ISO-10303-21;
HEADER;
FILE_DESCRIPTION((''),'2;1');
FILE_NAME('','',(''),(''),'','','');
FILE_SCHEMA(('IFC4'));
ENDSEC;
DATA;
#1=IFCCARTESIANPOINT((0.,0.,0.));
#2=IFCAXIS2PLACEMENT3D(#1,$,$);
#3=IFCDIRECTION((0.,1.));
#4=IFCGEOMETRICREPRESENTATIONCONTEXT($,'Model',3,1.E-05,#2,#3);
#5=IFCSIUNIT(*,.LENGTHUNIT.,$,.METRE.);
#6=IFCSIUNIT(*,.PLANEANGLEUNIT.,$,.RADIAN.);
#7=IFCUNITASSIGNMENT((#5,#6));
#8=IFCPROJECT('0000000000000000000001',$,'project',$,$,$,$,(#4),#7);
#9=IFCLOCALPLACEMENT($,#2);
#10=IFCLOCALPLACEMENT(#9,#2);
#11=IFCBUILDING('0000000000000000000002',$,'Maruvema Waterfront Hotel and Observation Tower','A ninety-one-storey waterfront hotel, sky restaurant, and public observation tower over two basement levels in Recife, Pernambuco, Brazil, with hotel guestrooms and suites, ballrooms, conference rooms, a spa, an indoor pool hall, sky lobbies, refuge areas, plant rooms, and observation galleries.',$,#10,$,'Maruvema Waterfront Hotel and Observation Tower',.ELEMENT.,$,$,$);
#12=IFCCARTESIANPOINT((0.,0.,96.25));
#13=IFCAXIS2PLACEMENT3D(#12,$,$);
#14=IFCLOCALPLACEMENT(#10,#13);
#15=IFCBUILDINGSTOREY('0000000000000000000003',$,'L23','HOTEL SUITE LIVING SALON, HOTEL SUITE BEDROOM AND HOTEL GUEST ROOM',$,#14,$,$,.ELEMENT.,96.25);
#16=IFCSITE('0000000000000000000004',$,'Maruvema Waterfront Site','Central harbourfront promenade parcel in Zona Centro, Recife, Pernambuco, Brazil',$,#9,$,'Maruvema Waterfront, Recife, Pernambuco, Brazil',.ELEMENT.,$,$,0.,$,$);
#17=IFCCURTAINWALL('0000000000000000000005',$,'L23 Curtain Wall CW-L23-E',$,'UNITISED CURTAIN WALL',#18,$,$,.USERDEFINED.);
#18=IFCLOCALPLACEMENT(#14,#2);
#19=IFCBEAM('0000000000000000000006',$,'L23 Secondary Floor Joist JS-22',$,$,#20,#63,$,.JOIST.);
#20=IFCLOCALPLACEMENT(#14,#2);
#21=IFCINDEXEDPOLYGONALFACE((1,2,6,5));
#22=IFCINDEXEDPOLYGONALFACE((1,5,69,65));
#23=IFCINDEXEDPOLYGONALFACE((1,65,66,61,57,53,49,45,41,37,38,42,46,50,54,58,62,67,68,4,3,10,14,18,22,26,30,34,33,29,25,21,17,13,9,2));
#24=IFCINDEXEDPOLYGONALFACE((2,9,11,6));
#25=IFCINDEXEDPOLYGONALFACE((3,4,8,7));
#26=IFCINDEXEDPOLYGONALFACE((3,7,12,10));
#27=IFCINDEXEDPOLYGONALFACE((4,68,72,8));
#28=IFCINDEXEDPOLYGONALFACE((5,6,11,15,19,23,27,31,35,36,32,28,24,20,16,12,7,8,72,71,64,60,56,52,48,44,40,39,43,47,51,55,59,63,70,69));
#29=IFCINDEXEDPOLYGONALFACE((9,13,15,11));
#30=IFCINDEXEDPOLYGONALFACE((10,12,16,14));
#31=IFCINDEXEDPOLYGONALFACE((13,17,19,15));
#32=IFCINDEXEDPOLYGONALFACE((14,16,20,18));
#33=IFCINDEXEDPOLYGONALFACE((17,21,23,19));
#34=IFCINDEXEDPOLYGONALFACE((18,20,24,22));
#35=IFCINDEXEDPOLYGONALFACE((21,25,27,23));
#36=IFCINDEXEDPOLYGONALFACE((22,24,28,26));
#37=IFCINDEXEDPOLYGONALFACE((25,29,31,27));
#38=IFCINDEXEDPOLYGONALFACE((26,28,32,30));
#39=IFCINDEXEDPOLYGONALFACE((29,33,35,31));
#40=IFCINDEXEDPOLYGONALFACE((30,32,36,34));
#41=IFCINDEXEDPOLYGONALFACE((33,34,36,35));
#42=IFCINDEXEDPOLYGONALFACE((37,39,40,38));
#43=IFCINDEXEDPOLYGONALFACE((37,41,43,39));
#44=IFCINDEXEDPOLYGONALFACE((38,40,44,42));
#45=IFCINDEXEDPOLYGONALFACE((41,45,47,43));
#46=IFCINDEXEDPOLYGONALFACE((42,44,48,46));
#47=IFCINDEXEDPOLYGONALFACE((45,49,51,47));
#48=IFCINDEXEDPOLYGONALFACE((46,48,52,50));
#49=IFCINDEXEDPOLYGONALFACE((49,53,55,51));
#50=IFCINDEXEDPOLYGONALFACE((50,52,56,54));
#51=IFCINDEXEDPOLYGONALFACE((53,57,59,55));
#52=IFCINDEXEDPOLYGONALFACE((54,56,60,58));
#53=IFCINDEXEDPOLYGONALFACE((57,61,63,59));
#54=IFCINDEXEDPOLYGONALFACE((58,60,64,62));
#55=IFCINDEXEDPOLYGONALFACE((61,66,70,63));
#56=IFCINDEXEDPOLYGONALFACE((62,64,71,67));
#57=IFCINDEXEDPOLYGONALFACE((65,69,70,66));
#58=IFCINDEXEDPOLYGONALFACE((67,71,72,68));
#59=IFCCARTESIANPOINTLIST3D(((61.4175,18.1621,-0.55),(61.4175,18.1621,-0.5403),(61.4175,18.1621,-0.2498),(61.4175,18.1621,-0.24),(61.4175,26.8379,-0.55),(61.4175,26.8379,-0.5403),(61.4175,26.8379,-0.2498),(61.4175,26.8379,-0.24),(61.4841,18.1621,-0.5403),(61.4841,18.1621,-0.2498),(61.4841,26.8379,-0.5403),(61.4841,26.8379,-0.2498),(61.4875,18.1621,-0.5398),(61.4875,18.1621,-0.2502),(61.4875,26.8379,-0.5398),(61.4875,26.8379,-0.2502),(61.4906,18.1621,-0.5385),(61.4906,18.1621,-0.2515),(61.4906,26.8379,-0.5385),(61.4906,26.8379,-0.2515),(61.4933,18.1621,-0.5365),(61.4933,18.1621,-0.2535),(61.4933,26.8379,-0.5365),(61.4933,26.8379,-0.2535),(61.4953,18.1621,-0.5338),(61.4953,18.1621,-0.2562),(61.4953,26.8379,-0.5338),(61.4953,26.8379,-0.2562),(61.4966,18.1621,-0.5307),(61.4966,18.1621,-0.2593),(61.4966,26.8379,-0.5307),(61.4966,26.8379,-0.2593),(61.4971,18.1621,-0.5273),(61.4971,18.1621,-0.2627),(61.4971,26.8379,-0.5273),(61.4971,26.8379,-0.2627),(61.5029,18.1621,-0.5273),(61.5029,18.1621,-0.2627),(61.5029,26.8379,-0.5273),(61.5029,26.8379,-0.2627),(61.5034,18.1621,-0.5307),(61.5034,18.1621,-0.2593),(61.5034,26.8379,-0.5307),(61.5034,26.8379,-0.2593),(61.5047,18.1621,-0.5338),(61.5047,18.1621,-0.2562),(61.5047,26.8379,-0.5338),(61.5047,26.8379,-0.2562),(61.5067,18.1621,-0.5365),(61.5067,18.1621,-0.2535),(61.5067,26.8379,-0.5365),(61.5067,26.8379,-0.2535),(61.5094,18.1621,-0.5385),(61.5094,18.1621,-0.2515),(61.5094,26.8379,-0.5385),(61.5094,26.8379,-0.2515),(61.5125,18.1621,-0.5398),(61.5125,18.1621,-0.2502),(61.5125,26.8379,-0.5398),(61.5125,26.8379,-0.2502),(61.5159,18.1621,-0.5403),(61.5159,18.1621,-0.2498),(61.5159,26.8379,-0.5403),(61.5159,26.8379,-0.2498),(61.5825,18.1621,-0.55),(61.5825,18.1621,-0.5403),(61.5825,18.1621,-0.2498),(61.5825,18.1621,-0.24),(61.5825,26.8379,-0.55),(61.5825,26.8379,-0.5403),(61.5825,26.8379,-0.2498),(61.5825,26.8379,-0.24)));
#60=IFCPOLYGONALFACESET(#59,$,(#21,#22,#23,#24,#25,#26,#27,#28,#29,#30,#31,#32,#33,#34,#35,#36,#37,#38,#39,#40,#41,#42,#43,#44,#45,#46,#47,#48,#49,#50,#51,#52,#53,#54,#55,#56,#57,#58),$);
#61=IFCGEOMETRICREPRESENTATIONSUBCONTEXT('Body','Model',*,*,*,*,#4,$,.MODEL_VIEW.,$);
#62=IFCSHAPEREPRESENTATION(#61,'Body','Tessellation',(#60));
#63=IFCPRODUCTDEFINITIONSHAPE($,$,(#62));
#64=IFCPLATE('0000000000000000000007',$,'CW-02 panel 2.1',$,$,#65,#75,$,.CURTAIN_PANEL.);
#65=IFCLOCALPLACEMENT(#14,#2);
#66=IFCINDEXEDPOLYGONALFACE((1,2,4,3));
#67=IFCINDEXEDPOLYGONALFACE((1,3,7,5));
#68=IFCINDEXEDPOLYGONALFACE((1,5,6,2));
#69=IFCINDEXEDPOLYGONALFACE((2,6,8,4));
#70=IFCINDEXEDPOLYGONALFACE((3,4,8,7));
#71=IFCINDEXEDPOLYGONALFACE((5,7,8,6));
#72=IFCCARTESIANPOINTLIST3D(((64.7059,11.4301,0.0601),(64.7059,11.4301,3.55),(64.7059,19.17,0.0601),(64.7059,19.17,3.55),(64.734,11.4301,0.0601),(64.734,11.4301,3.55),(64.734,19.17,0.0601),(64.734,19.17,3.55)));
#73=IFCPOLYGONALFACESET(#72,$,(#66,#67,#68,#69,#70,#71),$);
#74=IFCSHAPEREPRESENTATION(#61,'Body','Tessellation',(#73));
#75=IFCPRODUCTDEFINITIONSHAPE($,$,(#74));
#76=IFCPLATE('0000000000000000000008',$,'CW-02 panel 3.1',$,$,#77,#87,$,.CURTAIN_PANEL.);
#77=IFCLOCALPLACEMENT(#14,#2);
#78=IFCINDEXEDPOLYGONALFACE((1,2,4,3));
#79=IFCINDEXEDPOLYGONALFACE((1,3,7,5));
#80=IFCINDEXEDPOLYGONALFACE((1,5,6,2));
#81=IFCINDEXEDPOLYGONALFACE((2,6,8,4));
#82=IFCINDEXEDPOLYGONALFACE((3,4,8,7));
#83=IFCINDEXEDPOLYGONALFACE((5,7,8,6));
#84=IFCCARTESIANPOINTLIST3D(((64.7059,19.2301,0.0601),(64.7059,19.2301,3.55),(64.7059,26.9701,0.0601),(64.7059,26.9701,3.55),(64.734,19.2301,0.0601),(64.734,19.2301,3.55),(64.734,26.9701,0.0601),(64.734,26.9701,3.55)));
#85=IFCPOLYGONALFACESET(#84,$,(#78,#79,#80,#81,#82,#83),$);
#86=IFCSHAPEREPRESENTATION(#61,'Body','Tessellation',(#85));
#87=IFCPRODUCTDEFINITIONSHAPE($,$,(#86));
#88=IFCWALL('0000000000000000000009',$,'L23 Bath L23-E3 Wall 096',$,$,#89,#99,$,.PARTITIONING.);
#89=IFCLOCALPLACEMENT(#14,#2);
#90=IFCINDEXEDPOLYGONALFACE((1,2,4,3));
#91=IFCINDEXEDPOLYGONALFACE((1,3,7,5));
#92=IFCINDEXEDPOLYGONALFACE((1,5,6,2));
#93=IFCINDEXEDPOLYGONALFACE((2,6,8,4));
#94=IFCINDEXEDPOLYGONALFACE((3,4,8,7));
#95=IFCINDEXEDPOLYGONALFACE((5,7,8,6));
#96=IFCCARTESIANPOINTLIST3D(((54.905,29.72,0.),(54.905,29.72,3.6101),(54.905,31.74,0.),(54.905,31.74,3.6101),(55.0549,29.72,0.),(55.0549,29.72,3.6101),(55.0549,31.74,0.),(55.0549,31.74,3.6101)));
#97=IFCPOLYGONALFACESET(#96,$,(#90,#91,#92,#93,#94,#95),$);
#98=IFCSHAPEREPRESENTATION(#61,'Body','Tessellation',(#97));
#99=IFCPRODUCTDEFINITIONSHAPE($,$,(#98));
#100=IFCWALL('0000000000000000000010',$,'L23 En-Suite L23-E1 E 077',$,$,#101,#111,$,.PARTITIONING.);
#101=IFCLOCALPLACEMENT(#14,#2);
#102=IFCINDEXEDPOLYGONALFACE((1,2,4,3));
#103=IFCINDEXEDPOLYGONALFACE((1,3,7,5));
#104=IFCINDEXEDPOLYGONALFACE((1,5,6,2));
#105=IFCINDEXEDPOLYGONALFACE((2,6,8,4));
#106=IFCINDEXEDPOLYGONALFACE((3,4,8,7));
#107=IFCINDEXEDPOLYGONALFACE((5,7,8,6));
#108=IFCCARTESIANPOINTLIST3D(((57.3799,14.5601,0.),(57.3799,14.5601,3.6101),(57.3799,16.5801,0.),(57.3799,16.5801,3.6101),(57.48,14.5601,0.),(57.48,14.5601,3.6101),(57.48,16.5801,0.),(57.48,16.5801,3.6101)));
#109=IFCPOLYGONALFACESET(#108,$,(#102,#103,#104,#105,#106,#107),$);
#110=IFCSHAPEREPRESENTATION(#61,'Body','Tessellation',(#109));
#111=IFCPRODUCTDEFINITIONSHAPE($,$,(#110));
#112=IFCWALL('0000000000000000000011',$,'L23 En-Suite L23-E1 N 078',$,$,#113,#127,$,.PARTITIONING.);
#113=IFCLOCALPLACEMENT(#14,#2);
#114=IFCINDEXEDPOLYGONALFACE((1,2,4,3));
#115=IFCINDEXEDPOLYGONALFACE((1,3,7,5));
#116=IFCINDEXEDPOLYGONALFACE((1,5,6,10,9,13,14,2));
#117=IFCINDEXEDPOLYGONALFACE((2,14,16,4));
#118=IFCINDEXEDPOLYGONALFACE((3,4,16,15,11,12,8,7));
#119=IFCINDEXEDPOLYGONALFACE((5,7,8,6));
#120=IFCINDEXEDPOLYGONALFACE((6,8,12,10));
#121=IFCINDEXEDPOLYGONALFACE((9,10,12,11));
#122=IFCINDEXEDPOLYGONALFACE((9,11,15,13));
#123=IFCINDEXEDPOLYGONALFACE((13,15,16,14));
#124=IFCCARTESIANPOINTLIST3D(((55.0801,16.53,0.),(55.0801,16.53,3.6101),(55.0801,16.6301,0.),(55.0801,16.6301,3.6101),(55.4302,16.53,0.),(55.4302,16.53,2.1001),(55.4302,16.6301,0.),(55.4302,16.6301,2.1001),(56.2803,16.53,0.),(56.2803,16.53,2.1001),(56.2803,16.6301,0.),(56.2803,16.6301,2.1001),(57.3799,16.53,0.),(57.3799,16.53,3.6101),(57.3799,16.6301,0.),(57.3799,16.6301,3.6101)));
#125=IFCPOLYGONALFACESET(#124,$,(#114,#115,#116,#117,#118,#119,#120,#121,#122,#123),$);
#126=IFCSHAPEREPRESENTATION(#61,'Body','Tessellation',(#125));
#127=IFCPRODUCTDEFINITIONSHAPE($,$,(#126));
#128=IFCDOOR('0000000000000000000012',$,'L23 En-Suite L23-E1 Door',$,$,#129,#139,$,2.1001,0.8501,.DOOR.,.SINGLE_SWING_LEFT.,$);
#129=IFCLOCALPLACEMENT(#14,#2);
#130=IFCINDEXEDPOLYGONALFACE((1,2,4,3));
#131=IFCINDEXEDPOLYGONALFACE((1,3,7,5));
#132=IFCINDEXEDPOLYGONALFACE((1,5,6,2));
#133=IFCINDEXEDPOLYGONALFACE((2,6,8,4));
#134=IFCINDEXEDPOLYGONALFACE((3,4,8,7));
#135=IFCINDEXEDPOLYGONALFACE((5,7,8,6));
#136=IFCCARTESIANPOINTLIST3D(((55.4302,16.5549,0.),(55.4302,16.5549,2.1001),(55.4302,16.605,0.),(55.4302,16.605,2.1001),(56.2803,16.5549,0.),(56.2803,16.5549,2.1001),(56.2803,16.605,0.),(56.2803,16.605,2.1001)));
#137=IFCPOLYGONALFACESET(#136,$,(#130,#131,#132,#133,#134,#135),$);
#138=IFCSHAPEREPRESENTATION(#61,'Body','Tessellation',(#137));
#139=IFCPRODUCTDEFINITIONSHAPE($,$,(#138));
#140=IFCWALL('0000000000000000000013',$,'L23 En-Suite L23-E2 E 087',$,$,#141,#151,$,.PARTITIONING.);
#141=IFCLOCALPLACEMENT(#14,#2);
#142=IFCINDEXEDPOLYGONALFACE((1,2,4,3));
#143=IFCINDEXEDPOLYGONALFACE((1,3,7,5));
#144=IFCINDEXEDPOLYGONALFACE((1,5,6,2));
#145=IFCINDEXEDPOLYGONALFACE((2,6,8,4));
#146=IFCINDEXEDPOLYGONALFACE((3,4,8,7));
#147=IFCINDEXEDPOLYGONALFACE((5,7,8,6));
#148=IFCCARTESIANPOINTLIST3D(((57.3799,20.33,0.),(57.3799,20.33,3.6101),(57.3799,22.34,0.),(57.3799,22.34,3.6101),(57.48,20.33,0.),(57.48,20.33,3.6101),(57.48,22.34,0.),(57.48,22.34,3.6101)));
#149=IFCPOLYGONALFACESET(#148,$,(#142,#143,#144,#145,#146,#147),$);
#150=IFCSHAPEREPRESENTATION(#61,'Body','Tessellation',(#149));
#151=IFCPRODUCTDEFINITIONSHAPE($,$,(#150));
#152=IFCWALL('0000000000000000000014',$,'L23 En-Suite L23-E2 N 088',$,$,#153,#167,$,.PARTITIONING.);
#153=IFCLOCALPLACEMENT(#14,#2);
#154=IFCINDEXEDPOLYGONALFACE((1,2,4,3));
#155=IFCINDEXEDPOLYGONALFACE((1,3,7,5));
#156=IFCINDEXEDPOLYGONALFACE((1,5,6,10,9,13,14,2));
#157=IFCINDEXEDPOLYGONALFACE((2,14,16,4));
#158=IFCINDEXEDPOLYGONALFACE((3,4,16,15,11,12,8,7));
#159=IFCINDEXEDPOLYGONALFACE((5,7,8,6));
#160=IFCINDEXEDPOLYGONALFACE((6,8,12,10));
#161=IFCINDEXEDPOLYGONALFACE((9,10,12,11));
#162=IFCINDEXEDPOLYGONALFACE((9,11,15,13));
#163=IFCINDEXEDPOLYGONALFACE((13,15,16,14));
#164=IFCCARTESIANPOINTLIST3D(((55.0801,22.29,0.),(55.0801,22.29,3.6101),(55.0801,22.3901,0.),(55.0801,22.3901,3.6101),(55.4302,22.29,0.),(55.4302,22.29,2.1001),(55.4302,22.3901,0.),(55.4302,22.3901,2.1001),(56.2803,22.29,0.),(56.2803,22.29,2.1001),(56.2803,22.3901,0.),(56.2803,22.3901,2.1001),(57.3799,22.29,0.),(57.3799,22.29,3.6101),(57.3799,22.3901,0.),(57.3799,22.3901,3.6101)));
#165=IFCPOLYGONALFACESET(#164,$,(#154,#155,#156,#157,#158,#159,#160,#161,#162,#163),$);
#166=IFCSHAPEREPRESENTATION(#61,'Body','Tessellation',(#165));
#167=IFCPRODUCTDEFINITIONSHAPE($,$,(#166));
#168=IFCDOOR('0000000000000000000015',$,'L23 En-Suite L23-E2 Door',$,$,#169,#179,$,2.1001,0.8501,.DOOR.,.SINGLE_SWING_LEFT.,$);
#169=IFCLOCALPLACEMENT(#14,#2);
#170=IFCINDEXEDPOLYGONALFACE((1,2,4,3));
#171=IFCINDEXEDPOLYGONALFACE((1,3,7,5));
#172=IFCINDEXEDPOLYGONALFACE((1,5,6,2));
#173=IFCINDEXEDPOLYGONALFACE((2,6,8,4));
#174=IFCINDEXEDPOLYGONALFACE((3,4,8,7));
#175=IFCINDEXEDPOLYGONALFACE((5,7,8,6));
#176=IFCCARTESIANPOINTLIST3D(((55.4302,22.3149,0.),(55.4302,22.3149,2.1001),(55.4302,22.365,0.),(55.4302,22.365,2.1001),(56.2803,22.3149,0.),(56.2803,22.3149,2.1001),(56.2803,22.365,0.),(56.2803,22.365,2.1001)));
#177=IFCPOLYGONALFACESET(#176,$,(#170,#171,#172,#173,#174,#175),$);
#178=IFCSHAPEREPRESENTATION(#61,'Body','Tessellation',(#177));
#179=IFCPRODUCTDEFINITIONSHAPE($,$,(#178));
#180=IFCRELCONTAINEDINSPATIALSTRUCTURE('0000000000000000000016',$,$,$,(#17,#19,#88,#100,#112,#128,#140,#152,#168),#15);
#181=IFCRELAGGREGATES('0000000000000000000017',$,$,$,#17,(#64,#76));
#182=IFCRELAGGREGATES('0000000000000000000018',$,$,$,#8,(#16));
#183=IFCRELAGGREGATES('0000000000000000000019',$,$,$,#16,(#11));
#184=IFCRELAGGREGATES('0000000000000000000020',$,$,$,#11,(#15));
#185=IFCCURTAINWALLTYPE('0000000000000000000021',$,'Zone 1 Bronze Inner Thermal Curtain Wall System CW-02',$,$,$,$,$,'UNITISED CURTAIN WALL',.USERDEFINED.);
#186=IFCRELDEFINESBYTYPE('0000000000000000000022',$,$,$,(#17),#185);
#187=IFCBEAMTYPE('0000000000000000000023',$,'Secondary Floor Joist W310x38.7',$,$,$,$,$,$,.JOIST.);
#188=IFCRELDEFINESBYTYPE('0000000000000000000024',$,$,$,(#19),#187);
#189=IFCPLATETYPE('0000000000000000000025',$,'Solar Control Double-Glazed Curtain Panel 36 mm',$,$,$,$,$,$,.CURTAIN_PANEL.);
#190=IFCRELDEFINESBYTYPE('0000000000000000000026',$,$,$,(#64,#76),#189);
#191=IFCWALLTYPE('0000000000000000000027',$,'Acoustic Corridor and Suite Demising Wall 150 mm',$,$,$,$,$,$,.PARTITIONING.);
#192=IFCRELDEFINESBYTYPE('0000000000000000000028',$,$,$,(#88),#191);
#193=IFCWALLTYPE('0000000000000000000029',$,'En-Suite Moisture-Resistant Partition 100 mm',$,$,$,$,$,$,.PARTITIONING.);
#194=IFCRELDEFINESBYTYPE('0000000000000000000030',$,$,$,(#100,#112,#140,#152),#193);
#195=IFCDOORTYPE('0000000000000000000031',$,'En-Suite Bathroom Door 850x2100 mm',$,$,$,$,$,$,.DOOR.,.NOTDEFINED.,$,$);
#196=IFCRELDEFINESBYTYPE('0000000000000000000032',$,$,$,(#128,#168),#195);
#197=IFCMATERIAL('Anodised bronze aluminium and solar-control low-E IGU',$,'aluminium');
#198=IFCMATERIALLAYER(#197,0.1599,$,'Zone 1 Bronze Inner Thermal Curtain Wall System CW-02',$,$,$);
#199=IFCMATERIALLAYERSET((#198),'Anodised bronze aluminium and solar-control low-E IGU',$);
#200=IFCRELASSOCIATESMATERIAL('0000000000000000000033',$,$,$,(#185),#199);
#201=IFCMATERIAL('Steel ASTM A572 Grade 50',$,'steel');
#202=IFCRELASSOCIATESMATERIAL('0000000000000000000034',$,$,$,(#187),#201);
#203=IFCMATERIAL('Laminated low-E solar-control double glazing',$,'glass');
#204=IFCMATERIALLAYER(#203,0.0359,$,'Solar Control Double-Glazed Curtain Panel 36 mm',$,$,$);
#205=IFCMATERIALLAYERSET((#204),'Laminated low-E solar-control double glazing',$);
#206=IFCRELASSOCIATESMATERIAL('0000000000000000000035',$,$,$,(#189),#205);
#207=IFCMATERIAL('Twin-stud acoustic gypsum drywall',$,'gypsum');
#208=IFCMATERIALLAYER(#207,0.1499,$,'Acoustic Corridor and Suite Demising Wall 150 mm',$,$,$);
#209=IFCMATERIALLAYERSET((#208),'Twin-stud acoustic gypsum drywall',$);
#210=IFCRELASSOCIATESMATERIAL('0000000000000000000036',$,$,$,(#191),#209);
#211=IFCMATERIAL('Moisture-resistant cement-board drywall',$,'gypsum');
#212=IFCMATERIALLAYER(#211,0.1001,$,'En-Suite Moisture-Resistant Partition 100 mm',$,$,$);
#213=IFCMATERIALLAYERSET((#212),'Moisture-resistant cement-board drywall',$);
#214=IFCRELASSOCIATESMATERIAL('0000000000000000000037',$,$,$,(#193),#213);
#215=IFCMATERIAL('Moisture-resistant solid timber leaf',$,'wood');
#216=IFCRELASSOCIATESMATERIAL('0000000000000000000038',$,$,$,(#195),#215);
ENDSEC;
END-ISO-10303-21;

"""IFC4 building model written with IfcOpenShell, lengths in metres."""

from ifc_helpers import new_model, si_unit, direction, frame, frame_2d, origin, origin_2d, place, context, subcontext, project, spatial, rectangle, i_section, extrude, material, layer, layer_set, material_profile, profile_set, type_object, element, fill, aggregate, save


model = new_model("IFC4")

# Units and contexts
model_context = context("Model", 3, precision=1e-05, world=origin(), true_north=direction((0.0, 1.0)))
body_context = subcontext(model_context, "Body", "Model", "MODEL_VIEW")
ifc_project = project(units=[si_unit("LENGTHUNIT", "METRE"), si_unit("PLANEANGLEUNIT", "RADIAN")], contexts=[model_context])

# Site, building, storey
site_placement = place(None, origin())
site = spatial("IfcSite", under=ifc_project, at=site_placement, Name="Maruvema Waterfront Site", Description="Central harbourfront promenade parcel in Zona Centro, Recife, Pernambuco, Brazil", LongName="Maruvema Waterfront, Recife, Pernambuco, Brazil", CompositionType="ELEMENT", RefElevation=0.0)
building_placement = place(site_placement, origin())
building = spatial("IfcBuilding", under=site, at=building_placement, Name="Maruvema Waterfront Hotel and Observation Tower", Description="A ninety-one-storey waterfront hotel, sky restaurant, and public observation tower over two basement levels in Recife, Pernambuco, Brazil, with hotel guestrooms and suites, ballrooms, conference rooms, a spa, an indoor pool hall, sky lobbies, refuge areas, plant rooms, and observation galleries.", LongName="Maruvema Waterfront Hotel and Observation Tower", CompositionType="ELEMENT")
storey_placement = place(building_placement, frame((0.0, 0.0, 96.25)))
storey = spatial("IfcBuildingStorey", under=building, at=storey_placement, Name="L23", Description="HOTEL SUITE LIVING SALON, HOTEL SUITE BEDROOM AND HOTEL GUEST ROOM", CompositionType="ELEMENT", Elevation=96.25)

# Curtain wall
ifc_material_1 = material(Name="Anodised bronze aluminium and solar-control low-E IGU", Category="aluminium")
ifc_layer_1 = layer(ifc_material_1, 0.1599, Name="Zone 1 Bronze Inner Thermal Curtain Wall System CW-02")
ifc_layer_set_1 = layer_set([ifc_layer_1], Name="Anodised bronze aluminium and solar-control low-E IGU")
curtain_wall_type = type_object("IfcCurtainWallType", Name="Zone 1 Bronze Inner Thermal Curtain Wall System CW-02", ElementType="UNITISED CURTAIN WALL", PredefinedType="USERDEFINED", material=ifc_layer_set_1)
curtain_wall_placement = place(storey_placement, origin())
curtain_wall = element("IfcCurtainWall", 1, at=curtain_wall_placement, inside=storey, type_object=curtain_wall_type, Name="L23 Curtain Wall CW-L23-E", ObjectType="UNITISED CURTAIN WALL", PredefinedType="USERDEFINED")

# Beam
ifc_material_2 = material(Name="Steel ASTM A572 Grade 50", Category="steel")
ifc_material_profile_1 = material_profile(ifc_material_2, i_section(OverallWidth=0.165, OverallDepth=0.3101, WebThickness=0.0059, FlangeThickness=0.0098, FilletRadius=0.0129, at=origin_2d()), Name="W310x38.7")
ifc_profile_set_1 = profile_set([ifc_material_profile_1], Name="Steel ASTM A572 Grade 50")
beam_type_1 = type_object("IfcBeamType", Name="Secondary Floor Joist W310x38.7", PredefinedType="JOIST", material=ifc_profile_set_1)
beam_1_placement = place(storey_placement, frame((61.5, 18.1621, -0.395), z_axis=(0.0, 1.0, 0.0), x_axis=(-1.0, 0.0, 0.0)))
element("IfcBeam", 2, at=beam_1_placement, inside=storey, type_object=beam_type_1, Name="L23 Secondary Floor Joist JS-22", PredefinedType="JOIST", context=body_context, shape_type="SweptSolid", body=[
    extrude(i_section(OverallWidth=0.165, OverallDepth=0.3101, WebThickness=0.0059, FlangeThickness=0.0098, FilletRadius=0.0129, at=origin_2d()), origin(), (0.0, 0.0, 1.0), 8.6758),
])

# Plates
ifc_material_3 = material(Name="Laminated low-E solar-control double glazing", Category="glass")
ifc_layer_2 = layer(ifc_material_3, 0.0359, Name="Solar Control Double-Glazed Curtain Panel 36 mm")
ifc_layer_set_2 = layer_set([ifc_layer_2], Name="Laminated low-E solar-control double glazing")
plate_type = type_object("IfcPlateType", Name="Solar Control Double-Glazed Curtain Panel 36 mm", PredefinedType="CURTAIN_PANEL", material=ifc_layer_set_2)
plate_1_placement = place(storey_placement, frame((64.72, 15.3, 0.0601), z_axis=(0.0, 0.0, 1.0), x_axis=(0.0, 1.0, 0.0)))
plate_1 = element("IfcPlate", 3, at=plate_1_placement, type_object=plate_type, Name="CW-02 panel 2.1", PredefinedType="CURTAIN_PANEL", context=body_context, shape_type="SweptSolid", body=[
    extrude(rectangle(XDim=7.74, YDim=0.0281, at=origin_2d()), origin(), (0.0, 0.0, 1.0), 3.49),
])
plate_2_placement = place(storey_placement, frame((64.72, 23.1001, 0.0601), z_axis=(0.0, 0.0, 1.0), x_axis=(0.0, 1.0, 0.0)))
plate_2 = element("IfcPlate", 4, at=plate_2_placement, type_object=plate_type, Name="CW-02 panel 3.1", PredefinedType="CURTAIN_PANEL", context=body_context, shape_type="SweptSolid", body=[
    extrude(rectangle(XDim=7.74, YDim=0.0281, at=origin_2d()), origin(), (0.0, 0.0, 1.0), 3.49),
])
aggregate(curtain_wall, [plate_1, plate_2])

# Walls
ifc_material_4 = material(Name="Twin-stud acoustic gypsum drywall", Category="gypsum")
ifc_layer_3 = layer(ifc_material_4, 0.1499, Name="Acoustic Corridor and Suite Demising Wall 150 mm")
ifc_layer_set_3 = layer_set([ifc_layer_3], Name="Twin-stud acoustic gypsum drywall")
wall_type_1 = type_object("IfcWallType", Name="Acoustic Corridor and Suite Demising Wall 150 mm", PredefinedType="PARTITIONING", material=ifc_layer_set_3)
wall_1_placement = place(storey_placement, frame((54.98, 29.72, 0.0), z_axis=(0.0, 0.0, 1.0), x_axis=(0.0, 1.0, 0.0)))
element("IfcWall", 5, at=wall_1_placement, inside=storey, type_object=wall_type_1, Name="L23 Bath L23-E3 Wall 096", PredefinedType="PARTITIONING", context=body_context, shape_type="SweptSolid", body=[
    extrude(rectangle(XDim=2.02, YDim=0.1499, at=frame_2d((1.01, 0.0))), origin(), (0.0, 0.0, 1.0), 3.6101),
])
ifc_material_5 = material(Name="Moisture-resistant cement-board drywall", Category="gypsum")
ifc_layer_4 = layer(ifc_material_5, 0.1001, Name="En-Suite Moisture-Resistant Partition 100 mm")
ifc_layer_set_4 = layer_set([ifc_layer_4], Name="Moisture-resistant cement-board drywall")
wall_type_2 = type_object("IfcWallType", Name="En-Suite Moisture-Resistant Partition 100 mm", PredefinedType="PARTITIONING", material=ifc_layer_set_4)
wall_2_placement = place(storey_placement, frame((57.4299, 14.5601, 0.0), z_axis=(0.0, 0.0, 1.0), x_axis=(0.0, 1.0, 0.0)))
element("IfcWall", 6, at=wall_2_placement, inside=storey, type_object=wall_type_2, Name="L23 En-Suite L23-E1 E 077", PredefinedType="PARTITIONING", context=body_context, shape_type="SweptSolid", body=[
    extrude(rectangle(XDim=2.02, YDim=0.1001, at=frame_2d((1.01, 0.0))), origin(), (0.0, 0.0, 1.0), 3.6101),
])

# Wall, opening, door
wall_3_placement = place(storey_placement, frame((55.0801, 16.5801, 0.0), z_axis=(0.0, 0.0, 1.0), x_axis=(1.0, 0.0, 0.0)))
wall_3 = element("IfcWall", 7, at=wall_3_placement, inside=storey, type_object=wall_type_2, Name="L23 En-Suite L23-E1 N 078", PredefinedType="PARTITIONING", context=body_context, shape_type="SweptSolid", body=[
    extrude(rectangle(XDim=2.2998, YDim=0.1001, at=frame_2d((1.1499, 0.0))), origin(), (0.0, 0.0, 1.0), 3.6101),
])
opening_1_placement = place(wall_3_placement, frame((0.3501, 0.0, 0.0)))
opening_1 = element("IfcOpeningElement", 8, at=opening_1_placement, cuts=wall_3, PredefinedType="OPENING", context=body_context, shape_type="SweptSolid", body=[
    extrude(rectangle(XDim=0.8501, YDim=2.1001, at=frame_2d((0.425, 1.05))), frame((0.0, 0.0601, 0.0), z_axis=(0.0, -1.0, 0.0), x_axis=(1.0, 0.0, 0.0)), (0.0, 0.0, 1.0), 0.1201),
])
ifc_material_6 = material(Name="Moisture-resistant solid timber leaf", Category="wood")
door_type = type_object("IfcDoorType", Name="En-Suite Bathroom Door 850x2100 mm", OperationType="NOTDEFINED", PredefinedType="DOOR", material=ifc_material_6)
door_1_placement = place(opening_1_placement, origin())
door_1 = element("IfcDoor", 9, at=door_1_placement, inside=storey, type_object=door_type, Name="L23 En-Suite L23-E1 Door", OperationType="SINGLE_SWING_LEFT", OverallHeight=2.1001, OverallWidth=0.8501, PredefinedType="DOOR", context=body_context, shape_type="SweptSolid", body=[
    extrude(rectangle(XDim=0.8501, YDim=2.1001, at=frame_2d((0.425, 1.05))), frame((0.0, 0.0249, 0.0), z_axis=(0.0, -1.0, 0.0), x_axis=(1.0, 0.0, 0.0)), (0.0, 0.0, 1.0), 0.05),
])
fill(opening_1, door_1)

# Wall
wall_4_placement = place(storey_placement, frame((57.4299, 20.3301, 0.0), z_axis=(0.0, 0.0, 1.0), x_axis=(0.0, 1.0, 0.0)))
element("IfcWall", 10, at=wall_4_placement, inside=storey, type_object=wall_type_2, Name="L23 En-Suite L23-E2 E 087", PredefinedType="PARTITIONING", context=body_context, shape_type="SweptSolid", body=[
    extrude(rectangle(XDim=2.01, YDim=0.1001, at=frame_2d((1.0049, 0.0))), origin(), (0.0, 0.0, 1.0), 3.6101),
])

# Wall, opening, door
wall_5_placement = place(storey_placement, frame((55.0801, 22.3401, 0.0), z_axis=(0.0, 0.0, 1.0), x_axis=(1.0, 0.0, 0.0)))
wall_5 = element("IfcWall", 11, at=wall_5_placement, inside=storey, type_object=wall_type_2, Name="L23 En-Suite L23-E2 N 088", PredefinedType="PARTITIONING", context=body_context, shape_type="SweptSolid", body=[
    extrude(rectangle(XDim=2.2998, YDim=0.1001, at=frame_2d((1.1499, 0.0))), origin(), (0.0, 0.0, 1.0), 3.6101),
])
opening_2_placement = place(wall_5_placement, frame((0.3501, 0.0, 0.0)))
opening_2 = element("IfcOpeningElement", 12, at=opening_2_placement, cuts=wall_5, PredefinedType="OPENING", context=body_context, shape_type="SweptSolid", body=[
    extrude(rectangle(XDim=0.8501, YDim=2.1001, at=frame_2d((0.425, 1.05))), frame((0.0, 0.0601, 0.0), z_axis=(0.0, -1.0, 0.0), x_axis=(1.0, 0.0, 0.0)), (0.0, 0.0, 1.0), 0.1201),
])
door_2_placement = place(opening_2_placement, origin())
door_2 = element("IfcDoor", 13, at=door_2_placement, inside=storey, type_object=door_type, Name="L23 En-Suite L23-E2 Door", OperationType="SINGLE_SWING_LEFT", OverallHeight=2.1001, OverallWidth=0.8501, PredefinedType="DOOR", context=body_context, shape_type="SweptSolid", body=[
    extrude(rectangle(XDim=0.8501, YDim=2.1001, at=frame_2d((0.425, 1.05))), frame((0.0, 0.0249, 0.0), z_axis=(0.0, -1.0, 0.0), x_axis=(1.0, 0.0, 0.0)), (0.0, 0.0, 1.0), 0.05),
])
fill(opening_2, door_2)

save(model, "model.ifc")
